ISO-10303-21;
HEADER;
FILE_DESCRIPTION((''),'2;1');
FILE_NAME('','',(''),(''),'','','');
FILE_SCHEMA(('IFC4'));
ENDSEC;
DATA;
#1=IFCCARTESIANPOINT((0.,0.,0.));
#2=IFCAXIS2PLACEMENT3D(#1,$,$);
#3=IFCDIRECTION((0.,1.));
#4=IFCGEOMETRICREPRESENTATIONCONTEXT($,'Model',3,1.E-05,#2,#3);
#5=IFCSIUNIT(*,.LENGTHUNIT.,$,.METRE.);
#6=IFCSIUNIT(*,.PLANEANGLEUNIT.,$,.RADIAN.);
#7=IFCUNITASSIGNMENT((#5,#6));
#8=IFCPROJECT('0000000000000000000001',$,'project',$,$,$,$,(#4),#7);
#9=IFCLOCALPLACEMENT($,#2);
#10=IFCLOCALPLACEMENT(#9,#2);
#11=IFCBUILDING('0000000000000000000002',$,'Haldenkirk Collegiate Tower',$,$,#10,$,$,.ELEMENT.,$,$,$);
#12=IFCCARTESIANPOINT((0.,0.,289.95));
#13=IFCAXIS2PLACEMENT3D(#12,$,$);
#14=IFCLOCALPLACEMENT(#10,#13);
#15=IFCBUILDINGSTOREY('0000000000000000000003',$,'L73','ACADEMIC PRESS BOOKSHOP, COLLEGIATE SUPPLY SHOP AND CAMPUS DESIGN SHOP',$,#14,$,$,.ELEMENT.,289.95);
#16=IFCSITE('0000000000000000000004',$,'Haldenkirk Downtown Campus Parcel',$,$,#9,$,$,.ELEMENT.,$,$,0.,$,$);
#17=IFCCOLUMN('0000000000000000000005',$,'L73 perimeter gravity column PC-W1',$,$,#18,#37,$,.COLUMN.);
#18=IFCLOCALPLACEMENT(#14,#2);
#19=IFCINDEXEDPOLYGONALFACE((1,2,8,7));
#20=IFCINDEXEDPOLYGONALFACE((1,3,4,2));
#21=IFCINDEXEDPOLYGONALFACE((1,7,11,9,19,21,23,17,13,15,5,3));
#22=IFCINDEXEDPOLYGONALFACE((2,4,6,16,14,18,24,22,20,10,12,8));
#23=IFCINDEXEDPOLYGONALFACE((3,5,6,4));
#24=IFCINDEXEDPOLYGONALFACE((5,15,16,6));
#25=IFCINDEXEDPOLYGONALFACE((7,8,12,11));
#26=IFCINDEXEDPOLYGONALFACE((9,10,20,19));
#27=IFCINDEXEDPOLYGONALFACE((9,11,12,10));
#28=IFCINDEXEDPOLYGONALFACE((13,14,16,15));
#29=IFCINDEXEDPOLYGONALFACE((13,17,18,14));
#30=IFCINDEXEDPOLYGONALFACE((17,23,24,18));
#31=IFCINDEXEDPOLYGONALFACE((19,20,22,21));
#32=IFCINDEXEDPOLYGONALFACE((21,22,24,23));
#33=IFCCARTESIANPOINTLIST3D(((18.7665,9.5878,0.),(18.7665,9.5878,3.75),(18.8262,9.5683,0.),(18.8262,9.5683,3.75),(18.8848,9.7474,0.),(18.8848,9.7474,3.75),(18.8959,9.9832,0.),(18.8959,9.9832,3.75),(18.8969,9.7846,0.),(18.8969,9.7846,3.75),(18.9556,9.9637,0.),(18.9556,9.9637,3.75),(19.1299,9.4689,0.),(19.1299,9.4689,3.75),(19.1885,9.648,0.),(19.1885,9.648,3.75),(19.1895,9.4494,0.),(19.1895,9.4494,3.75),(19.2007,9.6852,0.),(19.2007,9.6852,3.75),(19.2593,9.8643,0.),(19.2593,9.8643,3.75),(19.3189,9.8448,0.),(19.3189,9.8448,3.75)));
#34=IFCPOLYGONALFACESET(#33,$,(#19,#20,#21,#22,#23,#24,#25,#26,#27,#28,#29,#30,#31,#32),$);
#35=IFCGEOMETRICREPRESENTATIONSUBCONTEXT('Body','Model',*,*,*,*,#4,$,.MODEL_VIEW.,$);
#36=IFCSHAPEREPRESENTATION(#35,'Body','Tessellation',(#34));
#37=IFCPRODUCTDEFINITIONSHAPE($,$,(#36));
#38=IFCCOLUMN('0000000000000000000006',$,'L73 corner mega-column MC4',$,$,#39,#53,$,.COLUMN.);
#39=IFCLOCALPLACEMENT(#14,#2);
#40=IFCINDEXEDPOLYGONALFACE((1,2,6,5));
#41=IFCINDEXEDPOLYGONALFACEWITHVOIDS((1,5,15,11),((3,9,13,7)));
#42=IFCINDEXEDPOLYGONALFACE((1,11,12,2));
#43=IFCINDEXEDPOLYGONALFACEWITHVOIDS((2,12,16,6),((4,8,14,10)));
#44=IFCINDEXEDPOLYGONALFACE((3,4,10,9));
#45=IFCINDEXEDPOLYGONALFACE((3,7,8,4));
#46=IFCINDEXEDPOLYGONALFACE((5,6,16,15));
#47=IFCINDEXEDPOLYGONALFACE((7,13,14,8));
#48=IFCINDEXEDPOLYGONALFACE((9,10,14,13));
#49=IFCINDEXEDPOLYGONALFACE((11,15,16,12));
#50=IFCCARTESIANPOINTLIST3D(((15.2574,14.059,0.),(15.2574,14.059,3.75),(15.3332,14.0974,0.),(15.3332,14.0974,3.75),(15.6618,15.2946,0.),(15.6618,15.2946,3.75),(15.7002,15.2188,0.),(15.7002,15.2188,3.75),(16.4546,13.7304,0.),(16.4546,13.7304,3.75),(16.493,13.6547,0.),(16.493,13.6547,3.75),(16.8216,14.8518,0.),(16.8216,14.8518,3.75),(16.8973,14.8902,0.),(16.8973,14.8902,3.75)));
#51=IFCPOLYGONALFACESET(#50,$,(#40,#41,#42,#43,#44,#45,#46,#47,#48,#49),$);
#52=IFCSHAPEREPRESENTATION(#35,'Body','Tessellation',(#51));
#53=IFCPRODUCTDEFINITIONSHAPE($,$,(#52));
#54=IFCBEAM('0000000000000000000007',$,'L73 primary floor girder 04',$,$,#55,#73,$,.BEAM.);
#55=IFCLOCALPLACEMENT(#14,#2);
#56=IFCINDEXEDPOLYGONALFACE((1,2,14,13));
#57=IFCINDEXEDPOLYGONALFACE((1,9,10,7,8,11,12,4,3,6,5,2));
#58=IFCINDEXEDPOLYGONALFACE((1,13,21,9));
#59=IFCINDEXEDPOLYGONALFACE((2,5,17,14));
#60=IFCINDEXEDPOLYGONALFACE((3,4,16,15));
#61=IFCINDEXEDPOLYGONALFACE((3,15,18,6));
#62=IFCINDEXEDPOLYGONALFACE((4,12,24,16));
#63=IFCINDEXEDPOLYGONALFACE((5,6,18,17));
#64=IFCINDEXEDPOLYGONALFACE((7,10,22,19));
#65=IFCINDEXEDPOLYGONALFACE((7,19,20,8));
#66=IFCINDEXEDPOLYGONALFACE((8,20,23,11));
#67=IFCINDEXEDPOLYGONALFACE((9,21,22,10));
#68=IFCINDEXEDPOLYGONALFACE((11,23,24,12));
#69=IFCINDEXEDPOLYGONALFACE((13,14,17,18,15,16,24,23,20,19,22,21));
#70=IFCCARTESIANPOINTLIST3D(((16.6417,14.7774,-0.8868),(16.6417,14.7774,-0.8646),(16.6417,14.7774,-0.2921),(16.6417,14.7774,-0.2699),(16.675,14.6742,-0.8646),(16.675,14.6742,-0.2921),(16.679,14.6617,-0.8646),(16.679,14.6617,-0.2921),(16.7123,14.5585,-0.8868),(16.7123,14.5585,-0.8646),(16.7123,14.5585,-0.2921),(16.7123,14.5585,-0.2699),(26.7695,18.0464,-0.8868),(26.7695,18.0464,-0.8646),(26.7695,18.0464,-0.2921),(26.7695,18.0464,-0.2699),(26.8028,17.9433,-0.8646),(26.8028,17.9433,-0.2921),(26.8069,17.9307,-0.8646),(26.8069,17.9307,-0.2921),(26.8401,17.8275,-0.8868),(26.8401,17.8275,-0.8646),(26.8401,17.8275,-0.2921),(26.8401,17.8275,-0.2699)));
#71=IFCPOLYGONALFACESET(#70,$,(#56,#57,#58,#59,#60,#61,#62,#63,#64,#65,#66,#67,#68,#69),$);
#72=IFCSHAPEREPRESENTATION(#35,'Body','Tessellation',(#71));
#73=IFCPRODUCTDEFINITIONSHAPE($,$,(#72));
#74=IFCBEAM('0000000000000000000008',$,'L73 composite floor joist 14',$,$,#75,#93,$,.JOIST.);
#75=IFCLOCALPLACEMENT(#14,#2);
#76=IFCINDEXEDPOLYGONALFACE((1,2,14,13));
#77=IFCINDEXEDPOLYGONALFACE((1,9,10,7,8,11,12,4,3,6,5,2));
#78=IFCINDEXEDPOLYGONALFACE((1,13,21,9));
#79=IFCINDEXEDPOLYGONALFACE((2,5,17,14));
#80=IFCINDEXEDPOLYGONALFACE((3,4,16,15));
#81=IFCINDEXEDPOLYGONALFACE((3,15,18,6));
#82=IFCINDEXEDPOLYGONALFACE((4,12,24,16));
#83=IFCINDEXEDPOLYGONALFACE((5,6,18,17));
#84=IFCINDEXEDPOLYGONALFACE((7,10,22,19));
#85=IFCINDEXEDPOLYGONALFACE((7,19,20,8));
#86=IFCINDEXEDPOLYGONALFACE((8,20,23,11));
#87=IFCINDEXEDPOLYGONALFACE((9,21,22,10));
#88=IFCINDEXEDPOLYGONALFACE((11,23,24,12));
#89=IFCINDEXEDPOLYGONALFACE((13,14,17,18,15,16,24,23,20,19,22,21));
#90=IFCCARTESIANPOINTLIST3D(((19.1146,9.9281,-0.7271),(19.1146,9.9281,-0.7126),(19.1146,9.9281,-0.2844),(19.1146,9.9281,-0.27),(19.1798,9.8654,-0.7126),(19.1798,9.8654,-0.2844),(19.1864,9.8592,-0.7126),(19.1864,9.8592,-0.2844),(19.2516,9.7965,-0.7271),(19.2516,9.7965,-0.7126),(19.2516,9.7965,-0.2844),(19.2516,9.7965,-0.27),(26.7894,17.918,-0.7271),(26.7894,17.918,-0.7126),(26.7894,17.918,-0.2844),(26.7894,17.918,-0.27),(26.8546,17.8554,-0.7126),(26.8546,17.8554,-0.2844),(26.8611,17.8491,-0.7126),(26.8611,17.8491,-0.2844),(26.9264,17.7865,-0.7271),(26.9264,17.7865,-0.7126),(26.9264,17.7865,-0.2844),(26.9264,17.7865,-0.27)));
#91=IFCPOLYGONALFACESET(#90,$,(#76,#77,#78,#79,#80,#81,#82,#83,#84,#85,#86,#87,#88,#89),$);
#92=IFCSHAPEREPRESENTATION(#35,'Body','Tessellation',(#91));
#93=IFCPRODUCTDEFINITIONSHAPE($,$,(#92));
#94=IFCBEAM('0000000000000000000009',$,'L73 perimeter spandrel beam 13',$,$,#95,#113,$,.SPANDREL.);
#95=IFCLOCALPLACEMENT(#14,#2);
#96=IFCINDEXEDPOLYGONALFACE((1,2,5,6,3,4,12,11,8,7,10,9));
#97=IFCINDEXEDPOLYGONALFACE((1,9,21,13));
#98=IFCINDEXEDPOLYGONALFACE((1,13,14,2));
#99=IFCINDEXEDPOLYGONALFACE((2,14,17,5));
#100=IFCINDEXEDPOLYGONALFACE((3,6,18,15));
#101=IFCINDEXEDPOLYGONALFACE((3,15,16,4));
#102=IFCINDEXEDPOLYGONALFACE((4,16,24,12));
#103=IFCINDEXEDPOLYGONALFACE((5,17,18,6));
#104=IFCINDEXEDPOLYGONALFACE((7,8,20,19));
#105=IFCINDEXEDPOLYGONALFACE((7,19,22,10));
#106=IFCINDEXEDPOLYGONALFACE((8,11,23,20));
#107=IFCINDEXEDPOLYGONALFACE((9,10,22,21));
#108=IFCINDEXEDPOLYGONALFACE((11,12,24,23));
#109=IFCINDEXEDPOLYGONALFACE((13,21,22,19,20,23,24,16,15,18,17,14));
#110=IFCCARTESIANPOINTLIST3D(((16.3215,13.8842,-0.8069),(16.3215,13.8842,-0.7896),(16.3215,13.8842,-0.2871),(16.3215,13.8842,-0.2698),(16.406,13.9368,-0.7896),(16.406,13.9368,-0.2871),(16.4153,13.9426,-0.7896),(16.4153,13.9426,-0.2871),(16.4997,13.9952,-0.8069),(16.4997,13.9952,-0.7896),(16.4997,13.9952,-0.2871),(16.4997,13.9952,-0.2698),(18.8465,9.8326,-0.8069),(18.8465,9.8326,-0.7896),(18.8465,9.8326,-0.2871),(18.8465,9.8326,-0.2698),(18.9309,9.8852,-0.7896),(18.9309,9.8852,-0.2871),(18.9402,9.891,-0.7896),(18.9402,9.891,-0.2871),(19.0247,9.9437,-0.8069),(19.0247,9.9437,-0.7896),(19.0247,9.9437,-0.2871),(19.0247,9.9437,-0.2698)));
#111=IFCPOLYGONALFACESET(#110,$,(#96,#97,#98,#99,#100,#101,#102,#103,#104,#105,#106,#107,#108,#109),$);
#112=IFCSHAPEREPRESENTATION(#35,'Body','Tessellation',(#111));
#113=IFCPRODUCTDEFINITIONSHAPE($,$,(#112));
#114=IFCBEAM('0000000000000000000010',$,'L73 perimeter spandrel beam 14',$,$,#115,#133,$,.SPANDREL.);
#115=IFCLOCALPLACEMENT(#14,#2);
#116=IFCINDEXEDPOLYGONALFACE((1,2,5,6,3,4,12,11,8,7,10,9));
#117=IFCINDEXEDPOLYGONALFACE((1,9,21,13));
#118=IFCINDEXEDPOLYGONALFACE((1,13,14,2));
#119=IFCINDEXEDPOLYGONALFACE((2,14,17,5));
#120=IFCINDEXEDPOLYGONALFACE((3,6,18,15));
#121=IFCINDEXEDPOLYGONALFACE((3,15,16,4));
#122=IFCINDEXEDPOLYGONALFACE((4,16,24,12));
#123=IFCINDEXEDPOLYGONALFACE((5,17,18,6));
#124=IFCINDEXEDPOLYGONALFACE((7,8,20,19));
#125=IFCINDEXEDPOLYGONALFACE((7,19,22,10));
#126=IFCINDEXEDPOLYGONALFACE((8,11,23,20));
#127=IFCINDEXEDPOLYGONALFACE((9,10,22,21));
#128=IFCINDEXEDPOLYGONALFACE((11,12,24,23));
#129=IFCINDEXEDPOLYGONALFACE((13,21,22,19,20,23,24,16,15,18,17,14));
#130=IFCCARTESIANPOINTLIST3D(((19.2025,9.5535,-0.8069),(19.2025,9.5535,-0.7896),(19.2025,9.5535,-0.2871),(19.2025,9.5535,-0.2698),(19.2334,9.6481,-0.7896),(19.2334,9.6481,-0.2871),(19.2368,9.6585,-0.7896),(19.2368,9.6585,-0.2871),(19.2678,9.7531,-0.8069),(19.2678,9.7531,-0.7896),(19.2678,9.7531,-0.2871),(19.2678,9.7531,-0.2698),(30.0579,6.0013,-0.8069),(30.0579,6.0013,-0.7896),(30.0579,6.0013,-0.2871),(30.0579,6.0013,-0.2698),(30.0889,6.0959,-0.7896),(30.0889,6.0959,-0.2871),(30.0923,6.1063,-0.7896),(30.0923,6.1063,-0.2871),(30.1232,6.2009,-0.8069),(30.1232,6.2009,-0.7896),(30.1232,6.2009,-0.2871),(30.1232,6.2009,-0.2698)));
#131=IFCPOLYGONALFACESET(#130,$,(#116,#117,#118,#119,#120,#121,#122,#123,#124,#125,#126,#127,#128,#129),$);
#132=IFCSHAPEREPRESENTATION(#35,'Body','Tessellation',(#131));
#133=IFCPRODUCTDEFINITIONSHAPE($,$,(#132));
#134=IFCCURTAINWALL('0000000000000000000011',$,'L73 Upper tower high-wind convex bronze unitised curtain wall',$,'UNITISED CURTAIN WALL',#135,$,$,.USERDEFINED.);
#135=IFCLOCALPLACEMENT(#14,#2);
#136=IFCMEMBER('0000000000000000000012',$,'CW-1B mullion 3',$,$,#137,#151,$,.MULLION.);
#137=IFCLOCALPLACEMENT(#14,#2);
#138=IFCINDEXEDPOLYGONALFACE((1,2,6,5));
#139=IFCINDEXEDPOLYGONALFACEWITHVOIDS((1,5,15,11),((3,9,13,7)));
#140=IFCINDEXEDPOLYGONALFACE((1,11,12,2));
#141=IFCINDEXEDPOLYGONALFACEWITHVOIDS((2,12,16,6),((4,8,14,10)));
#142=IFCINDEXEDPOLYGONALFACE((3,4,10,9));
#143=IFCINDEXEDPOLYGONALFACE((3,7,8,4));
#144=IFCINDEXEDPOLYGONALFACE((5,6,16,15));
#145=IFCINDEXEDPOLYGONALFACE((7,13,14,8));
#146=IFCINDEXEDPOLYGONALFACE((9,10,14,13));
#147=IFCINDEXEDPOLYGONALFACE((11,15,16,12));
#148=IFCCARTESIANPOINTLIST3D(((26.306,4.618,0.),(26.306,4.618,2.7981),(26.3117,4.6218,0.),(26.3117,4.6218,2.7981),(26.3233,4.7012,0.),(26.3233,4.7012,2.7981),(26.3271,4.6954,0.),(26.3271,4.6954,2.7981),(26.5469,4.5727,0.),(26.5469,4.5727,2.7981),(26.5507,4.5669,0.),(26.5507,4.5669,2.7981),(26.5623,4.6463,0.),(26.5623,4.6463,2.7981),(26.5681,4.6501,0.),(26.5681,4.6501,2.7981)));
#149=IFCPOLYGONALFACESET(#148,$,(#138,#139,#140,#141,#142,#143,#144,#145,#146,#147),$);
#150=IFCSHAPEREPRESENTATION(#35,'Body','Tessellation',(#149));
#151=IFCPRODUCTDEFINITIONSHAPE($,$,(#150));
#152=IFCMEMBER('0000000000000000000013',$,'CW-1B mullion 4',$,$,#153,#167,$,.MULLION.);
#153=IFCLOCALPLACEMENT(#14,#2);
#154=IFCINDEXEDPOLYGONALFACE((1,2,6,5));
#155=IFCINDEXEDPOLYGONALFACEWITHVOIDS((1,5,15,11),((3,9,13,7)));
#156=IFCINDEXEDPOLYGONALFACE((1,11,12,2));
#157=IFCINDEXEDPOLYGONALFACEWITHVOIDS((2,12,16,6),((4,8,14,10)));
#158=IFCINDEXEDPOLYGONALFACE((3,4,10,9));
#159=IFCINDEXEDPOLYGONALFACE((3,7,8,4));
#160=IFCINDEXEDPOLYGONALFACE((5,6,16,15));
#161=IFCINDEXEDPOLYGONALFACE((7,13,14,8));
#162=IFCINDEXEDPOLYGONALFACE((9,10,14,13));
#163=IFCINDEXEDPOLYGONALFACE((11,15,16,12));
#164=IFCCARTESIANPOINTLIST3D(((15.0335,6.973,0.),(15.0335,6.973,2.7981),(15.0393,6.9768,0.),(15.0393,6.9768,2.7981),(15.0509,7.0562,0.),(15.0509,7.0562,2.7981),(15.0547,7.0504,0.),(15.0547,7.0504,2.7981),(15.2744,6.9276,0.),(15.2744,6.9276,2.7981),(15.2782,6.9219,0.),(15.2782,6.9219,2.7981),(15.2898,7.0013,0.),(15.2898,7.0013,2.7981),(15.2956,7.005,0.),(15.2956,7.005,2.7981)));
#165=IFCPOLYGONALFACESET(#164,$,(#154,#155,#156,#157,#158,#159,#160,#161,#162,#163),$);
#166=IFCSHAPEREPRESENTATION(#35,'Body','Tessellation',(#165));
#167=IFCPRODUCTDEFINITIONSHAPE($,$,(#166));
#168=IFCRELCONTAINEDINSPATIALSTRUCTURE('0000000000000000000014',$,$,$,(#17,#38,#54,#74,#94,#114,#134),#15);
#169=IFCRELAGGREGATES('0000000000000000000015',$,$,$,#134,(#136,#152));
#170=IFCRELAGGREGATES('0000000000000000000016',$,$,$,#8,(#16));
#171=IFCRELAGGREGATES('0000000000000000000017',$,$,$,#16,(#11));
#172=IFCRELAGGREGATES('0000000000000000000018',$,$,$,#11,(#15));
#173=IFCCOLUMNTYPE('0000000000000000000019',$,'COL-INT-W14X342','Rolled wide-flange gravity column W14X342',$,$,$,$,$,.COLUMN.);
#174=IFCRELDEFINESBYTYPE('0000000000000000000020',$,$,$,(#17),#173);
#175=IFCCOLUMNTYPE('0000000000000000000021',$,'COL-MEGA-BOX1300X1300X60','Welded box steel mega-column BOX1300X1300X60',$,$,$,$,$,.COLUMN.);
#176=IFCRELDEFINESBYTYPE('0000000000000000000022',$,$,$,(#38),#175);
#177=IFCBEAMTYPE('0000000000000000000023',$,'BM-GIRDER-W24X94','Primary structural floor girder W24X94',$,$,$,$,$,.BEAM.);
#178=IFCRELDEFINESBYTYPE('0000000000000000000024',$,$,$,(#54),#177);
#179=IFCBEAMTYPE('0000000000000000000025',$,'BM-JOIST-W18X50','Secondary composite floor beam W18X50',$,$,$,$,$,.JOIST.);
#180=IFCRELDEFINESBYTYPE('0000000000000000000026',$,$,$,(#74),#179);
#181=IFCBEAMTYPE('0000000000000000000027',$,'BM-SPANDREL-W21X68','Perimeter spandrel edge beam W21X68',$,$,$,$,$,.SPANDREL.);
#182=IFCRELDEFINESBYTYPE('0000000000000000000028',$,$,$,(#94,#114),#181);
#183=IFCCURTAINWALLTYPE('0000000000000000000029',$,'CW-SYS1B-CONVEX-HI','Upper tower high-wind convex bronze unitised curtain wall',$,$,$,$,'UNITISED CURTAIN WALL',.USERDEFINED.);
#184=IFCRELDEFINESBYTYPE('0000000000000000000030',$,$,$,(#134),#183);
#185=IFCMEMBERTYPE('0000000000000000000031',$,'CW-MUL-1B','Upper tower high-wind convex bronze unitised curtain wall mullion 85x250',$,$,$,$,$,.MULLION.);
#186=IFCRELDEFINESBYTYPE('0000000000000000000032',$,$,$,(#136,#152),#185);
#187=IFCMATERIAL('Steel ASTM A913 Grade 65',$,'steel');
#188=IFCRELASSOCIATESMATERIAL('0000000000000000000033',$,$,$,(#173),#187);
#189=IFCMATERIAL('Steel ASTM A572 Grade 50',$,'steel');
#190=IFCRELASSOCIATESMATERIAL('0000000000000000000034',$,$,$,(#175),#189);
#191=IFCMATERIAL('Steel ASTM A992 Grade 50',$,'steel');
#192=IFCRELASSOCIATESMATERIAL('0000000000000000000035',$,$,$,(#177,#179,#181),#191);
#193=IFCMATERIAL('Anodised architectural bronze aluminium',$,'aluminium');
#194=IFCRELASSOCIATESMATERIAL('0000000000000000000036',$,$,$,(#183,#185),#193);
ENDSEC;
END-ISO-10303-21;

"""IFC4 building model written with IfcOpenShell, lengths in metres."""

from ifc_helpers import new_model, si_unit, direction, frame, origin, origin_2d, place, context, subcontext, project, spatial, hollow_rectangle, i_section, extrude, material, material_profile, profile_set, type_object, element, aggregate, save


model = new_model("IFC4")

# Units and contexts
model_context = context("Model", 3, precision=1e-05, world=origin(), true_north=direction((0.0, 1.0)))
body_context = subcontext(model_context, "Body", "Model", "MODEL_VIEW")
ifc_project = project(units=[si_unit("LENGTHUNIT", "METRE"), si_unit("PLANEANGLEUNIT", "RADIAN")], contexts=[model_context])

# Site, building, storey
site_placement = place(None, origin())
site = spatial("IfcSite", under=ifc_project, at=site_placement, Name="Haldenkirk Downtown Campus Parcel", CompositionType="ELEMENT", RefElevation=0.0)
building_placement = place(site_placement, origin())
building = spatial("IfcBuilding", under=site, at=building_placement, Name="Haldenkirk Collegiate Tower", CompositionType="ELEMENT")
storey_placement = place(building_placement, frame((0.0, 0.0, 289.95)))
storey = spatial("IfcBuildingStorey", under=building, at=storey_placement, Name="L73", Description="ACADEMIC PRESS BOOKSHOP, COLLEGIATE SUPPLY SHOP AND CAMPUS DESIGN SHOP", CompositionType="ELEMENT", Elevation=289.95)

# Columns
ifc_material_1 = material(Name="Steel ASTM A913 Grade 65", Category="steel")
ifc_material_profile_1 = material_profile(ifc_material_1, i_section(OverallWidth=0.416, OverallDepth=0.4451, WebThickness=0.0391, FlangeThickness=0.0627, at=origin_2d()), Name="W14X342")
ifc_profile_set_1 = profile_set([ifc_material_profile_1], Name="Steel ASTM A913 Grade 65")
column_type_1 = type_object("IfcColumnType", Name="COL-INT-W14X342", Description="Rolled wide-flange gravity column W14X342", PredefinedType="COLUMN", material=ifc_profile_set_1)
column_1_placement = place(storey_placement, frame((19.0427, 9.7163, 0.0), z_axis=(0.0, 0.0, 1.0), x_axis=(0.311008, 0.950407, 0.0)))
element("IfcColumn", 1, at=column_1_placement, inside=storey, type_object=column_type_1, Name="L73 perimeter gravity column PC-W1", PredefinedType="COLUMN", context=body_context, shape_type="SweptSolid", body=[
    extrude(i_section(OverallWidth=0.416, OverallDepth=0.4451, WebThickness=0.0391, FlangeThickness=0.0627, at=origin_2d()), origin(), (0.0, 0.0, 1.0), 3.75),
])
ifc_material_2 = material(Name="Steel ASTM A572 Grade 50", Category="steel")
ifc_material_profile_2 = material_profile(ifc_material_2, hollow_rectangle(XDim=1.3, YDim=1.3, WallThickness=0.0601, at=origin_2d()), Name="BOX1300X1300X60")
ifc_profile_set_2 = profile_set([ifc_material_profile_2], Name="Steel ASTM A572 Grade 50")
column_type_2 = type_object("IfcColumnType", Name="COL-MEGA-BOX1300X1300X60", Description="Welded box steel mega-column BOX1300X1300X60", PredefinedType="COLUMN", material=ifc_profile_set_2)
column_2_placement = place(storey_placement, frame((16.0774, 14.4746, 0.0), z_axis=(0.0, 0.0, 1.0), x_axis=(0.311008, 0.950407, 0.0)))
element("IfcColumn", 2, at=column_2_placement, inside=storey, type_object=column_type_2, Name="L73 corner mega-column MC4", PredefinedType="COLUMN", context=body_context, shape_type="SweptSolid", body=[
    extrude(hollow_rectangle(XDim=1.3, YDim=1.3, WallThickness=0.0601, at=origin_2d()), origin(), (0.0, 0.0, 1.0), 3.75),
])

# Beams
ifc_material_3 = material(Name="Steel ASTM A992 Grade 50", Category="steel")
ifc_material_profile_3 = material_profile(ifc_material_3, i_section(OverallWidth=0.23, OverallDepth=0.6169, WebThickness=0.0132, FlangeThickness=0.0222, at=origin_2d()), Name="W24X94")
ifc_profile_set_3 = profile_set([ifc_material_profile_3], Name="Steel ASTM A992 Grade 50")
beam_type_1 = type_object("IfcBeamType", Name="BM-GIRDER-W24X94", Description="Primary structural floor girder W24X94", PredefinedType="BEAM", material=ifc_profile_set_3)
beam_1_placement = place(storey_placement, frame((16.677, 14.668, -0.5784), z_axis=(0.951655, 0.30717, 0.0), x_axis=(-0.30717, 0.951655, 0.0)))
element("IfcBeam", 3, at=beam_1_placement, inside=storey, type_object=beam_type_1, Name="L73 primary floor girder 04", PredefinedType="BEAM", context=body_context, shape_type="SweptSolid", body=[
    extrude(i_section(OverallWidth=0.23, OverallDepth=0.6169, WebThickness=0.0132, FlangeThickness=0.0222, at=origin_2d()), origin(), (0.0, 0.0, 1.0), 10.6423),
])
ifc_material_profile_4 = material_profile(ifc_material_3, i_section(OverallWidth=0.1899, OverallDepth=0.457, WebThickness=0.009, FlangeThickness=0.0144, at=origin_2d()), Name="W18X50")
ifc_profile_set_4 = profile_set([ifc_material_profile_4], Name="Steel ASTM A992 Grade 50")
beam_type_2 = type_object("IfcBeamType", Name="BM-JOIST-W18X50", Description="Secondary composite floor beam W18X50", PredefinedType="JOIST", material=ifc_profile_set_4)
beam_2_placement = place(storey_placement, frame((19.1831, 9.8623, -0.4985), z_axis=(0.692739, 0.721188, 0.0), x_axis=(-0.721188, 0.692739, 0.0)))
element("IfcBeam", 4, at=beam_2_placement, inside=storey, type_object=beam_type_2, Name="L73 composite floor joist 14", PredefinedType="JOIST", context=body_context, shape_type="SweptSolid", body=[
    extrude(i_section(OverallWidth=0.1899, OverallDepth=0.457, WebThickness=0.009, FlangeThickness=0.0144, at=origin_2d()), origin(), (0.0, 0.0, 1.0), 11.0789),
])
ifc_material_profile_5 = material_profile(ifc_material_3, i_section(OverallWidth=0.21, OverallDepth=0.5371, WebThickness=0.011, FlangeThickness=0.0173, at=origin_2d()), Name="W21X68")
ifc_profile_set_5 = profile_set([ifc_material_profile_5], Name="Steel ASTM A992 Grade 50")
beam_type_3 = type_object("IfcBeamType", Name="BM-SPANDREL-W21X68", Description="Perimeter spandrel edge beam W21X68", PredefinedType="SPANDREL", material=ifc_profile_set_5)
beam_3_placement = place(storey_placement, frame((16.4106, 13.9397, -0.5383), z_axis=(0.5289, -0.848684, 0.0), x_axis=(0.848684, 0.5289, 0.0)))
element("IfcBeam", 5, at=beam_3_placement, inside=storey, type_object=beam_type_3, Name="L73 perimeter spandrel beam 13", PredefinedType="SPANDREL", context=body_context, shape_type="SweptSolid", body=[
    extrude(i_section(OverallWidth=0.21, OverallDepth=0.5371, WebThickness=0.011, FlangeThickness=0.0173, at=origin_2d()), origin(), (0.0, 0.0, 1.0), 4.7739),
])
beam_4_placement = place(storey_placement, frame((19.2351, 9.6533, -0.5383), z_axis=(0.950409, -0.311003, 0.0), x_axis=(0.311003, 0.950409, 0.0)))
element("IfcBeam", 6, at=beam_4_placement, inside=storey, type_object=beam_type_3, Name="L73 perimeter spandrel beam 14", PredefinedType="SPANDREL", context=body_context, shape_type="SweptSolid", body=[
    extrude(i_section(OverallWidth=0.21, OverallDepth=0.5371, WebThickness=0.011, FlangeThickness=0.0173, at=origin_2d()), origin(), (0.0, 0.0, 1.0), 11.4219),
])

# Curtain wall, members
ifc_material_4 = material(Name="Anodised architectural bronze aluminium", Category="aluminium")
curtain_wall_type = type_object("IfcCurtainWallType", Name="CW-SYS1B-CONVEX-HI", Description="Upper tower high-wind convex bronze unitised curtain wall", ElementType="UNITISED CURTAIN WALL", PredefinedType="USERDEFINED", material=ifc_material_4)
curtain_wall_placement = place(storey_placement, origin())
curtain_wall = element("IfcCurtainWall", 7, at=curtain_wall_placement, inside=storey, type_object=curtain_wall_type, Name="L73 Upper tower high-wind convex bronze unitised curtain wall", ObjectType="UNITISED CURTAIN WALL", PredefinedType="USERDEFINED")
ifc_material_profile_6 = material_profile(ifc_material_4, hollow_rectangle(XDim=0.085, YDim=0.25, WallThickness=0.0049, at=origin_2d()), Name="CW-MUL-1B")
ifc_profile_set_6 = profile_set([ifc_material_profile_6], Name="Anodised architectural bronze aluminium")
member_type_1 = type_object("IfcMemberType", Name="CW-MUL-1B", Description="Upper tower high-wind convex bronze unitised curtain wall mullion 85x250", PredefinedType="MULLION", material=ifc_profile_set_6)
member_1_placement = place(storey_placement, frame((26.437, 4.634, 0.0), z_axis=(0.0, 0.0, 1.0), x_axis=(-0.204499, -0.978867, 0.0)))
member_1 = element("IfcMember", 8, at=member_1_placement, type_object=member_type_1, Name="CW-1B mullion 3", PredefinedType="MULLION", context=body_context, shape_type="SweptSolid", body=[
    extrude(hollow_rectangle(XDim=0.085, YDim=0.25, WallThickness=0.0049, at=origin_2d()), origin(), (0.0, 0.0, 1.0), 2.7981),
])
member_2_placement = place(storey_placement, frame((15.1646, 6.989, 0.0), z_axis=(0.0, 0.0, 1.0), x_axis=(-0.204499, -0.978867, 0.0)))
member_2 = element("IfcMember", 9, at=member_2_placement, type_object=member_type_1, Name="CW-1B mullion 4", PredefinedType="MULLION", context=body_context, shape_type="SweptSolid", body=[
    extrude(hollow_rectangle(XDim=0.085, YDim=0.25, WallThickness=0.0049, at=origin_2d()), origin(), (0.0, 0.0, 1.0), 2.7981),
])
aggregate(curtain_wall, [member_1, member_2])

save(model, "model.ifc")
